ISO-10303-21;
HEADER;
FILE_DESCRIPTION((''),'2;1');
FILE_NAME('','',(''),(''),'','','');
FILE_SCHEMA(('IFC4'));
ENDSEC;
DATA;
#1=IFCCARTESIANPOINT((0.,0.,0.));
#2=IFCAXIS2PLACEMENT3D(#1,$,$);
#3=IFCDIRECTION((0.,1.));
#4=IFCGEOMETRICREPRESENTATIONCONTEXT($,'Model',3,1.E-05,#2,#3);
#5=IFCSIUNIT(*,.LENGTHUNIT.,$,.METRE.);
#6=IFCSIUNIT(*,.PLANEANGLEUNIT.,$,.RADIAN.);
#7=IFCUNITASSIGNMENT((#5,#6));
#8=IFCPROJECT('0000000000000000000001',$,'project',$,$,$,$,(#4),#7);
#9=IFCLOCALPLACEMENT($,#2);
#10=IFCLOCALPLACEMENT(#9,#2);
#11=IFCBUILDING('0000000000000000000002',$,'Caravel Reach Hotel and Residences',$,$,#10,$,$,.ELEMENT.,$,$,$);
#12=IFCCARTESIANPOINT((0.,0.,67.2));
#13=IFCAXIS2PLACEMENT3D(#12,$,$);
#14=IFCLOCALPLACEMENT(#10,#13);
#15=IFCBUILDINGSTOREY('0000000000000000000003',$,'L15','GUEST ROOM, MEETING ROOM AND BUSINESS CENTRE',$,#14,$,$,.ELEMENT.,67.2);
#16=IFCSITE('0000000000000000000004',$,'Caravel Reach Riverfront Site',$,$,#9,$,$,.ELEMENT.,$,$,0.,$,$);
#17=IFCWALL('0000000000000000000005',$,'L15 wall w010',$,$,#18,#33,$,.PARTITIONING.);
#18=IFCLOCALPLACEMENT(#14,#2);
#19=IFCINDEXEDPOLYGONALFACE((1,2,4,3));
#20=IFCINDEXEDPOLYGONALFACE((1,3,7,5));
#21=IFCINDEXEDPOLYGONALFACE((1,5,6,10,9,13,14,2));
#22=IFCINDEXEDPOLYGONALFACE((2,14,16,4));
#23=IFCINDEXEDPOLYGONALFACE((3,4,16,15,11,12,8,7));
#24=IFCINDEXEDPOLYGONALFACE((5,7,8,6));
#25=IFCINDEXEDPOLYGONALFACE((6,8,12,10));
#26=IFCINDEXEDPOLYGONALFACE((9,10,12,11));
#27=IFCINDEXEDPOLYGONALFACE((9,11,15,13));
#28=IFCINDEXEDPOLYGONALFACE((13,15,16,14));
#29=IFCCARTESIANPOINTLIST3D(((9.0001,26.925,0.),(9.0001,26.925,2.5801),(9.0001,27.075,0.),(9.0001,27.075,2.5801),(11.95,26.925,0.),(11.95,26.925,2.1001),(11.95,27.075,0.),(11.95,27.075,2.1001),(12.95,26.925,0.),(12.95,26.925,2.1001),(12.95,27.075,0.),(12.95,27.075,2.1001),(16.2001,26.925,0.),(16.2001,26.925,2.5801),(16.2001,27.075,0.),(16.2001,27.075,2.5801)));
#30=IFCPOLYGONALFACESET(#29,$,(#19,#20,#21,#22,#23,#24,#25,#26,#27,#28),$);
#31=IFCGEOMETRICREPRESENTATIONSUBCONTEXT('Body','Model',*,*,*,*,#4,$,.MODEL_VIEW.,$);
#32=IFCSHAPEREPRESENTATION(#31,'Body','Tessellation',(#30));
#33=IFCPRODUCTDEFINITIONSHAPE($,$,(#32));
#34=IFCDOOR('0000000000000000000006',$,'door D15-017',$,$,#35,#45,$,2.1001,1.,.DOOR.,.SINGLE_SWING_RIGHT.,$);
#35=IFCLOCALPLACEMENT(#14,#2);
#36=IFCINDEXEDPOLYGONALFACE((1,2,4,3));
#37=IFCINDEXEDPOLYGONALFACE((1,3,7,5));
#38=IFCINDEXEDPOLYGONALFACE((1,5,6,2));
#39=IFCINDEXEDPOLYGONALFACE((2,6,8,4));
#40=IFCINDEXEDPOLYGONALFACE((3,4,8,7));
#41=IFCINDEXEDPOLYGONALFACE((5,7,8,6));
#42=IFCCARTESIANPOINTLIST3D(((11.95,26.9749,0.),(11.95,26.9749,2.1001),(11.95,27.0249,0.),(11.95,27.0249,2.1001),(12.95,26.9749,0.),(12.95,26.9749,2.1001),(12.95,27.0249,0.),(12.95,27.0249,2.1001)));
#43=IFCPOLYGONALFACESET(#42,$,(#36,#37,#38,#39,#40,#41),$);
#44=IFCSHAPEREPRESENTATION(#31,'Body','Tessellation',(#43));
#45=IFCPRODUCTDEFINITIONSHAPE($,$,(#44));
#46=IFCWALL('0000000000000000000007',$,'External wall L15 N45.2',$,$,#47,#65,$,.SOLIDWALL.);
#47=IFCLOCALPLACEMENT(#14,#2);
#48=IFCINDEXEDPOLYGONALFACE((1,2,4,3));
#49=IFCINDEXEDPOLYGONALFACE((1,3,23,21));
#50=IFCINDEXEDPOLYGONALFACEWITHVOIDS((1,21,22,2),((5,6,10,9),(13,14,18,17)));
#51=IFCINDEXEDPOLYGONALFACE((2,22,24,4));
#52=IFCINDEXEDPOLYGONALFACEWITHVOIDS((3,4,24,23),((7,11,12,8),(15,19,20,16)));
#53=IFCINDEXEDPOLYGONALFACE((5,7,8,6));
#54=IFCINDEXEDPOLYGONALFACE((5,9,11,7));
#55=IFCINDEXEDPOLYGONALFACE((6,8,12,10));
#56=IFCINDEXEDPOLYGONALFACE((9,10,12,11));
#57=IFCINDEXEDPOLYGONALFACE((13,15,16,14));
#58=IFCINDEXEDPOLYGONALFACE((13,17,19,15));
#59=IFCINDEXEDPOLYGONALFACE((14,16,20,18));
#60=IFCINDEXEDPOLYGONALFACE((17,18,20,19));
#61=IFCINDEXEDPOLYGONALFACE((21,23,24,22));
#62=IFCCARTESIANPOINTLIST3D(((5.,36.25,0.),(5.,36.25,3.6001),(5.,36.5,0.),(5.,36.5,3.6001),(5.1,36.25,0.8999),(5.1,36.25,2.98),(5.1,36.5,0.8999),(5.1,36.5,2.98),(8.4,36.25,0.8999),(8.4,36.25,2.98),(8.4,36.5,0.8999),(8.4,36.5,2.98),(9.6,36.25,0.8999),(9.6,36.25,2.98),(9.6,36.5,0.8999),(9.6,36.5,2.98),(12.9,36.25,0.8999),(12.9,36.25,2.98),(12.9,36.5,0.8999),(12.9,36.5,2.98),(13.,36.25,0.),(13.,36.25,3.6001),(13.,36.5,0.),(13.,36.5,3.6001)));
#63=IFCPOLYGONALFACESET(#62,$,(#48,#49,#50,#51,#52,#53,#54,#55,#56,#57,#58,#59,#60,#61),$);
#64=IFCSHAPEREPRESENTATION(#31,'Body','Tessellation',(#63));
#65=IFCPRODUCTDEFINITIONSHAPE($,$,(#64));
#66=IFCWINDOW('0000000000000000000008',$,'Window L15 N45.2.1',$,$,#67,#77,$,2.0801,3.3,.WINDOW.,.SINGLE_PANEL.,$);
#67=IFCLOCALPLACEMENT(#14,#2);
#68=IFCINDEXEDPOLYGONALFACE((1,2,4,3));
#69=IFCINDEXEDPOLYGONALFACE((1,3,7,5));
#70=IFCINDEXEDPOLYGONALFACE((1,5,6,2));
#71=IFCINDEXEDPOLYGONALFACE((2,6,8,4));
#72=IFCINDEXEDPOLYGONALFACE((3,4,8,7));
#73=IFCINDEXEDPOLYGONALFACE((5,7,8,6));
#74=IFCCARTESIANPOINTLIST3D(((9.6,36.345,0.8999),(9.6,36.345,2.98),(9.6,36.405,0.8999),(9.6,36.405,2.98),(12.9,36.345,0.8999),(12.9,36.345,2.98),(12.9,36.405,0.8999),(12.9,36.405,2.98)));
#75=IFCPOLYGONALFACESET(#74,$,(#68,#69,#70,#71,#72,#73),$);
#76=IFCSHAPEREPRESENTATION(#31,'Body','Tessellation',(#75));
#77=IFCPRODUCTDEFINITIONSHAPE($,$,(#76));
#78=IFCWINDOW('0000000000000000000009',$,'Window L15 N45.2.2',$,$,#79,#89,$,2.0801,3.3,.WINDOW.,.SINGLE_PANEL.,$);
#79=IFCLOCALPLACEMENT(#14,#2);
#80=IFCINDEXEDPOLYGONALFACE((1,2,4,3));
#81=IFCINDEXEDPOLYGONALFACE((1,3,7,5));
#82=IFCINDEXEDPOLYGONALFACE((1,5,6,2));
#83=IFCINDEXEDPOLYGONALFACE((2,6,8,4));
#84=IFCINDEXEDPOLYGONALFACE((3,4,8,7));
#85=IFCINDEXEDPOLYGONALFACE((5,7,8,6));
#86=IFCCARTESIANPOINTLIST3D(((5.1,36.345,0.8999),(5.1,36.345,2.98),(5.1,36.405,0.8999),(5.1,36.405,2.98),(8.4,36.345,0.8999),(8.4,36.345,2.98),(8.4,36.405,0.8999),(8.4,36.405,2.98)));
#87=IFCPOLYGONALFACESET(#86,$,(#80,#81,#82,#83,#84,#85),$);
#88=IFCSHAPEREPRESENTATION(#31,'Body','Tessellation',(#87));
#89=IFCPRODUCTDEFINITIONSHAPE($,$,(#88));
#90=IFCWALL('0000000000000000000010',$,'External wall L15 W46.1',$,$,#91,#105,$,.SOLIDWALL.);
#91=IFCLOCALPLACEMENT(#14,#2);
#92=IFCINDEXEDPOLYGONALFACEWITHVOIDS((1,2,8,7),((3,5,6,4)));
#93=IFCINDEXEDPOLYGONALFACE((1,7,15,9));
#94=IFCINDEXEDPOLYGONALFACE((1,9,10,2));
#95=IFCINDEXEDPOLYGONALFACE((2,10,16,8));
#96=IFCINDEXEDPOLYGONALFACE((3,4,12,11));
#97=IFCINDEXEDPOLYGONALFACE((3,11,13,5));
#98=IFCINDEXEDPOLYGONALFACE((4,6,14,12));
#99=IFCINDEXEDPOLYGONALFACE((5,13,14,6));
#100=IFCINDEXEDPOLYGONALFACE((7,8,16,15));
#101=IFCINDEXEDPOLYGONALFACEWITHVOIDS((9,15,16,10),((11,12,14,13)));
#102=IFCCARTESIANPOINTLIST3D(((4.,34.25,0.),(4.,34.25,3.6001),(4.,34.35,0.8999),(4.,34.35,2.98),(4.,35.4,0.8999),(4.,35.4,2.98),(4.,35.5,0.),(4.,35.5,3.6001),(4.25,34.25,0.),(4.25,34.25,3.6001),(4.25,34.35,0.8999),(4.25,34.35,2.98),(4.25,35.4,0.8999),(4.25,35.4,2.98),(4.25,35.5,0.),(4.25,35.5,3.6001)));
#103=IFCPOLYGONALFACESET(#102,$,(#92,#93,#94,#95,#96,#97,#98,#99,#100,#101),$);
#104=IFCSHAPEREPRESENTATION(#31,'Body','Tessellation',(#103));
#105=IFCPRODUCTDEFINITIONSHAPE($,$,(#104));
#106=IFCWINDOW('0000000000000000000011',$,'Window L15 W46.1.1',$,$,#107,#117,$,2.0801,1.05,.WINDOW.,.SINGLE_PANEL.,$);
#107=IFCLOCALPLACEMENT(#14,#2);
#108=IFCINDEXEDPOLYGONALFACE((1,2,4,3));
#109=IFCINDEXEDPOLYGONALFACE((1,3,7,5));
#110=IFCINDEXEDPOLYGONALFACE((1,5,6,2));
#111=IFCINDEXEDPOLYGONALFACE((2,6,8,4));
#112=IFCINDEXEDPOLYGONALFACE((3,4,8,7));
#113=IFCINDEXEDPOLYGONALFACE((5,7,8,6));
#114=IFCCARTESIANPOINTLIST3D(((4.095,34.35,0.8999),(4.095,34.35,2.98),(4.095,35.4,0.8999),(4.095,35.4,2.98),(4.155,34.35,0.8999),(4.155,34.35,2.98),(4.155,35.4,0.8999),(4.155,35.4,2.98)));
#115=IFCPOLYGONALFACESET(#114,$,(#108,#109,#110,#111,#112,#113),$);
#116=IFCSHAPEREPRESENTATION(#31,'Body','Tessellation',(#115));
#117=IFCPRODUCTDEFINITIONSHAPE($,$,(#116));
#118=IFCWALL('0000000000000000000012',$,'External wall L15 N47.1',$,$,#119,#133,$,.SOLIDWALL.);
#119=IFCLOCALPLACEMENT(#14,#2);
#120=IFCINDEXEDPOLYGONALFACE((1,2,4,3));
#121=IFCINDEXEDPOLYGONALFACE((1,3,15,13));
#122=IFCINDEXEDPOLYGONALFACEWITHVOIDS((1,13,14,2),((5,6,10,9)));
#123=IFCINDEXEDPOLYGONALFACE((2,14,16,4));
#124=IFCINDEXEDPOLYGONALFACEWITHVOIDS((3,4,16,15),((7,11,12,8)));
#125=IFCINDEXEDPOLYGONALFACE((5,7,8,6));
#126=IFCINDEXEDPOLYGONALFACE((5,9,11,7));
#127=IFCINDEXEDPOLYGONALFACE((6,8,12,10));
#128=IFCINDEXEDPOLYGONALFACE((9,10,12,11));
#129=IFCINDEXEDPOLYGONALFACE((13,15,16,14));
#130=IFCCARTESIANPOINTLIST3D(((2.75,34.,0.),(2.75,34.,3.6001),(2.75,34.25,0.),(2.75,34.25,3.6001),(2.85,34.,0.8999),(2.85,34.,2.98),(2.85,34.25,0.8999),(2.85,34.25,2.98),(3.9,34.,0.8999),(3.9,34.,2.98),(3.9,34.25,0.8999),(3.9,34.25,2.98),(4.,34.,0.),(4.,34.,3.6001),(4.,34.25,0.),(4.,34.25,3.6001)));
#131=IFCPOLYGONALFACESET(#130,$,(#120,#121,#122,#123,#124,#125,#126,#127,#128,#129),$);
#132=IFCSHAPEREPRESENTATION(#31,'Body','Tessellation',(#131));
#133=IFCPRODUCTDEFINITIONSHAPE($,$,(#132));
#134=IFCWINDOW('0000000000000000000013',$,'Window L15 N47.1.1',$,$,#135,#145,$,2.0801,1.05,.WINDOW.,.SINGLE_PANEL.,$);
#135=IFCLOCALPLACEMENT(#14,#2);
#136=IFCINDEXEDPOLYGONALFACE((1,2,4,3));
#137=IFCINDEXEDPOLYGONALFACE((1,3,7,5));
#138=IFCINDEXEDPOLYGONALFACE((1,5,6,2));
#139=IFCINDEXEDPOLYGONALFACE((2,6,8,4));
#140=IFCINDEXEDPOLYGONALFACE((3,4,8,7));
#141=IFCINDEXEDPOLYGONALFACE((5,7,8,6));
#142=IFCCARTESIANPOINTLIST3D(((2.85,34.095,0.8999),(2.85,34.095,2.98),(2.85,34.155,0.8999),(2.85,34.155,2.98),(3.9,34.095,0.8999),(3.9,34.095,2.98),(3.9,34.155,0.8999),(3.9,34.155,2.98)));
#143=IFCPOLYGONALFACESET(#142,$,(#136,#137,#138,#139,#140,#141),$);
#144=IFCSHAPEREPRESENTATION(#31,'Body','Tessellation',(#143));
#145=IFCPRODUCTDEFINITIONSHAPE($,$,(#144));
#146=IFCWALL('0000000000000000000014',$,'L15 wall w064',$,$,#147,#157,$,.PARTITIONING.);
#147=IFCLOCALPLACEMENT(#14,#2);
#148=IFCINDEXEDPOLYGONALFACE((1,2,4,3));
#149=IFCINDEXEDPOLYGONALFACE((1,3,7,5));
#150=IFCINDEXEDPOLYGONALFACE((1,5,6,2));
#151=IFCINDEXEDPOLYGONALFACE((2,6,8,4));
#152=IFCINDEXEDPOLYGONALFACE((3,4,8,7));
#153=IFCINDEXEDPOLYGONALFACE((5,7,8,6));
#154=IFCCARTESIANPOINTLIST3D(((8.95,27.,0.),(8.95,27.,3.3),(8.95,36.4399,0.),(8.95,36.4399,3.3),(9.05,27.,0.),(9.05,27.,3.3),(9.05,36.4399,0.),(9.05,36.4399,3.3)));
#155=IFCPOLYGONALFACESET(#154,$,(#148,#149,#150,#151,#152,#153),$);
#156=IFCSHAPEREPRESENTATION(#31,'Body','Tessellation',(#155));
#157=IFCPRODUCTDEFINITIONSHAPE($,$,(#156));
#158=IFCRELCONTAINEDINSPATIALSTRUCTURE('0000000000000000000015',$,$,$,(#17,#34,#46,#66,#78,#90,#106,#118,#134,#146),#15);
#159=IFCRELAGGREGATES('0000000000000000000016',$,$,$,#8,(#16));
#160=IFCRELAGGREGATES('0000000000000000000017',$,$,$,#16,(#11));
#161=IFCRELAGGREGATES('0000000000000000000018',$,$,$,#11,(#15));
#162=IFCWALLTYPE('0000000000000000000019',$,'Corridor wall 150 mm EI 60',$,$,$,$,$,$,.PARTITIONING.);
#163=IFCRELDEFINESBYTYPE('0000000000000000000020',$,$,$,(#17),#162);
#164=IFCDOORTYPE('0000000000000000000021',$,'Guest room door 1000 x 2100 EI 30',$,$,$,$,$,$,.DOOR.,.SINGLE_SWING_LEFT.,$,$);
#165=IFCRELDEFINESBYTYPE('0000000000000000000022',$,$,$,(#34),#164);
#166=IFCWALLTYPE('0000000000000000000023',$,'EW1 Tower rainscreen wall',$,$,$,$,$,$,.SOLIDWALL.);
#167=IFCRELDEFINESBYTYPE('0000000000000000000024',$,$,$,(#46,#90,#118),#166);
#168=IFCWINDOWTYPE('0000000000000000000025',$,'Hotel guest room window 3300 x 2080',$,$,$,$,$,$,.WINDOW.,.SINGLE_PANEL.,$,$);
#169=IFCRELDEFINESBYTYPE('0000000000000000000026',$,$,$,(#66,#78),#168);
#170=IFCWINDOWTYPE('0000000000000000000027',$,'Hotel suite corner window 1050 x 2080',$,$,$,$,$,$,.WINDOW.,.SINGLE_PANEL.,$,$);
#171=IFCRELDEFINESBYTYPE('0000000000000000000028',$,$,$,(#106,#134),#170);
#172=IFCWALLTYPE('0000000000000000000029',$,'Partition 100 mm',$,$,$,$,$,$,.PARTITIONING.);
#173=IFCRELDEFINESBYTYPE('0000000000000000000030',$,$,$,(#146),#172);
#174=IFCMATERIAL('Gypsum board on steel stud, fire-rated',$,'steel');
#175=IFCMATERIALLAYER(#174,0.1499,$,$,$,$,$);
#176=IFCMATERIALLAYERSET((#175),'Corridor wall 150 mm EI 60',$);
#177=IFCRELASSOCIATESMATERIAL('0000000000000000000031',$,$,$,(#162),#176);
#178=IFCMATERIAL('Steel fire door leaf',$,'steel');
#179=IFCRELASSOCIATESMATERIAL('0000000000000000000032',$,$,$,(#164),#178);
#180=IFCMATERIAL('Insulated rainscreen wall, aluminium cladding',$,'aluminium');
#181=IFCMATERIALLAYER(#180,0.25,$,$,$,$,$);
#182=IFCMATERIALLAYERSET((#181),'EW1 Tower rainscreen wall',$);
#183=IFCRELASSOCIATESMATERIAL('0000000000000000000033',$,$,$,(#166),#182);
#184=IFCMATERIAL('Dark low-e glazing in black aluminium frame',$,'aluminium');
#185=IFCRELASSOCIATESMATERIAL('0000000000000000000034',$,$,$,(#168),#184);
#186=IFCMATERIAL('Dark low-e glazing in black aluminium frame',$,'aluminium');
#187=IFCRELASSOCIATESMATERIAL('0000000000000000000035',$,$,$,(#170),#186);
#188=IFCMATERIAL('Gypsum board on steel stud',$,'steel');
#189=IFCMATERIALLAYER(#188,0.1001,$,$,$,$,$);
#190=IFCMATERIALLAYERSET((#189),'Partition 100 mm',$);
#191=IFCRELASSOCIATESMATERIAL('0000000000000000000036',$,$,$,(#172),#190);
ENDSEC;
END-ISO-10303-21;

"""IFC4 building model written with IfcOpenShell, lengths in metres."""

from ifc_helpers import new_model, si_unit, direction, frame, frame_2d, origin, place, context, subcontext, project, spatial, rectangle, extrude, material, layer, layer_set, type_object, element, fill, save


model = new_model("IFC4")

# Units and contexts
model_context = context("Model", 3, precision=1e-05, world=origin(), true_north=direction((0.0, 1.0)))
body_context = subcontext(model_context, "Body", "Model", "MODEL_VIEW")
ifc_project = project(units=[si_unit("LENGTHUNIT", "METRE"), si_unit("PLANEANGLEUNIT", "RADIAN")], contexts=[model_context])

# Site, building, storey
site_placement = place(None, origin())
site = spatial("IfcSite", under=ifc_project, at=site_placement, Name="Caravel Reach Riverfront Site", CompositionType="ELEMENT", RefElevation=0.0)
building_placement = place(site_placement, origin())
building = spatial("IfcBuilding", under=site, at=building_placement, Name="Caravel Reach Hotel and Residences", CompositionType="ELEMENT")
storey_placement = place(building_placement, frame((0.0, 0.0, 67.2)))
storey = spatial("IfcBuildingStorey", under=building, at=storey_placement, Name="L15", Description="GUEST ROOM, MEETING ROOM AND BUSINESS CENTRE", CompositionType="ELEMENT", Elevation=67.2)

# Wall, opening, door
ifc_material_1 = material(Name="Gypsum board on steel stud, fire-rated", Category="steel")
ifc_layer_1 = layer(ifc_material_1, 0.1499)
ifc_layer_set_1 = layer_set([ifc_layer_1], Name="Corridor wall 150 mm EI 60")
wall_type_1 = type_object("IfcWallType", Name="Corridor wall 150 mm EI 60", PredefinedType="PARTITIONING", material=ifc_layer_set_1)
wall_1_placement = place(storey_placement, frame((9.0, 27.0, 0.0), z_axis=(0.0, 0.0, 1.0), x_axis=(1.0, 0.0, 0.0)))
wall_1 = element("IfcWall", 1, at=wall_1_placement, inside=storey, type_object=wall_type_1, Name="L15 wall w010", PredefinedType="PARTITIONING", context=body_context, shape_type="SweptSolid", body=[
    extrude(rectangle(XDim=7.2, YDim=0.1499, at=frame_2d((3.6001, 0.0))), origin(), (0.0, 0.0, 1.0), 2.5801),
])
opening_1_placement = place(wall_1_placement, frame((2.95, 0.0, 0.0)))
opening_1 = element("IfcOpeningElement", 2, at=opening_1_placement, cuts=wall_1, PredefinedType="OPENING", context=body_context, shape_type="SweptSolid", body=[
    extrude(rectangle(XDim=1.0, YDim=2.1001, at=frame_2d((0.5, 1.05))), frame((0.0, 0.085, 0.0), z_axis=(0.0, -1.0, 0.0), x_axis=(1.0, 0.0, 0.0)), (0.0, 0.0, 1.0), 0.1699),
])
ifc_material_2 = material(Name="Steel fire door leaf", Category="steel")
door_type_1 = type_object("IfcDoorType", Name="Guest room door 1000 x 2100 EI 30", OperationType="SINGLE_SWING_LEFT", PredefinedType="DOOR", material=ifc_material_2)
door_1_placement = place(opening_1_placement, origin())
door_1 = element("IfcDoor", 3, at=door_1_placement, inside=storey, type_object=door_type_1, Name="door D15-017", OperationType="SINGLE_SWING_RIGHT", OverallHeight=2.1001, OverallWidth=1.0, PredefinedType="DOOR", context=body_context, shape_type="SweptSolid", body=[
    extrude(rectangle(XDim=1.0, YDim=2.1001, at=frame_2d((0.5, 1.05))), frame((0.0, 0.0249, 0.0), z_axis=(0.0, -1.0, 0.0), x_axis=(1.0, 0.0, 0.0)), (0.0, 0.0, 1.0), 0.05),
])
fill(opening_1, door_1)

# Wall, openings, windows
ifc_material_3 = material(Name="Insulated rainscreen wall, aluminium cladding", Category="aluminium")
ifc_layer_2 = layer(ifc_material_3, 0.25)
ifc_layer_set_2 = layer_set([ifc_layer_2], Name="EW1 Tower rainscreen wall")
wall_type_2 = type_object("IfcWallType", Name="EW1 Tower rainscreen wall", PredefinedType="SOLIDWALL", material=ifc_layer_set_2)
wall_2_placement = place(storey_placement, frame((13.0, 36.375, 0.0), z_axis=(0.0, 0.0, 1.0), x_axis=(-1.0, 0.0, 0.0)))
wall_2 = element("IfcWall", 4, at=wall_2_placement, inside=storey, type_object=wall_type_2, Name="External wall L15 N45.2", PredefinedType="SOLIDWALL", context=body_context, shape_type="SweptSolid", body=[
    extrude(rectangle(XDim=8.0, YDim=0.25, at=frame_2d((4.0, 0.0))), origin(), (0.0, 0.0, 1.0), 3.6001),
])
opening_2_placement = place(wall_2_placement, frame((0.1001, 0.0, 0.8999)))
opening_2 = element("IfcOpeningElement", 5, at=opening_2_placement, cuts=wall_2, PredefinedType="OPENING", context=body_context, shape_type="SweptSolid", body=[
    extrude(rectangle(XDim=3.3, YDim=2.0801, at=frame_2d((1.6499, 1.04))), frame((0.0, 0.135, 0.0), z_axis=(0.0, -1.0, 0.0), x_axis=(1.0, 0.0, 0.0)), (0.0, 0.0, 1.0), 0.27),
])
opening_3_placement = place(wall_2_placement, frame((4.6001, 0.0, 0.8999)))
opening_3 = element("IfcOpeningElement", 6, at=opening_3_placement, cuts=wall_2, PredefinedType="OPENING", context=body_context, shape_type="SweptSolid", body=[
    extrude(rectangle(XDim=3.3, YDim=2.0801, at=frame_2d((1.6499, 1.04))), frame((0.0, 0.135, 0.0), z_axis=(0.0, -1.0, 0.0), x_axis=(1.0, 0.0, 0.0)), (0.0, 0.0, 1.0), 0.27),
])
ifc_material_4 = material(Name="Dark low-e glazing in black aluminium frame", Category="aluminium")
window_type_1 = type_object("IfcWindowType", Name="Hotel guest room window 3300 x 2080", PartitioningType="SINGLE_PANEL", PredefinedType="WINDOW", material=ifc_material_4)
window_1_placement = place(opening_2_placement, origin())
window_1 = element("IfcWindow", 7, at=window_1_placement, inside=storey, type_object=window_type_1, Name="Window L15 N45.2.1", OverallHeight=2.0801, OverallWidth=3.3, PartitioningType="SINGLE_PANEL", PredefinedType="WINDOW", context=body_context, shape_type="SweptSolid", body=[
    extrude(rectangle(XDim=3.3, YDim=2.0801, at=frame_2d((1.6499, 1.04))), frame((0.0, 0.03, 0.0), z_axis=(0.0, -1.0, 0.0), x_axis=(1.0, 0.0, 0.0)), (0.0, 0.0, 1.0), 0.0601),
])
fill(opening_2, window_1)
window_2_placement = place(opening_3_placement, origin())
window_2 = element("IfcWindow", 8, at=window_2_placement, inside=storey, type_object=window_type_1, Name="Window L15 N45.2.2", OverallHeight=2.0801, OverallWidth=3.3, PartitioningType="SINGLE_PANEL", PredefinedType="WINDOW", context=body_context, shape_type="SweptSolid", body=[
    extrude(rectangle(XDim=3.3, YDim=2.0801, at=frame_2d((1.6499, 1.04))), frame((0.0, 0.03, 0.0), z_axis=(0.0, -1.0, 0.0), x_axis=(1.0, 0.0, 0.0)), (0.0, 0.0, 1.0), 0.0601),
])
fill(opening_3, window_2)

# Walls, openings, windows
wall_3_placement = place(storey_placement, frame((4.125, 35.5, 0.0), z_axis=(0.0, 0.0, 1.0), x_axis=(0.0, -1.0, 0.0)))
wall_3 = element("IfcWall", 9, at=wall_3_placement, inside=storey, type_object=wall_type_2, Name="External wall L15 W46.1", PredefinedType="SOLIDWALL", context=body_context, shape_type="SweptSolid", body=[
    extrude(rectangle(XDim=1.25, YDim=0.25, at=frame_2d((0.625, 0.0))), origin(), (0.0, 0.0, 1.0), 3.6001),
])
opening_4_placement = place(wall_3_placement, frame((0.1001, 0.0, 0.8999)))
opening_4 = element("IfcOpeningElement", 10, at=opening_4_placement, cuts=wall_3, PredefinedType="OPENING", context=body_context, shape_type="SweptSolid", body=[
    extrude(rectangle(XDim=1.05, YDim=2.0801, at=frame_2d((0.5249, 1.04))), frame((0.0, 0.135, 0.0), z_axis=(0.0, -1.0, 0.0), x_axis=(1.0, 0.0, 0.0)), (0.0, 0.0, 1.0), 0.27),
])
ifc_material_5 = material(Name="Dark low-e glazing in black aluminium frame", Category="aluminium")
window_type_2 = type_object("IfcWindowType", Name="Hotel suite corner window 1050 x 2080", PartitioningType="SINGLE_PANEL", PredefinedType="WINDOW", material=ifc_material_5)
window_3_placement = place(opening_4_placement, origin())
window_3 = element("IfcWindow", 11, at=window_3_placement, inside=storey, type_object=window_type_2, Name="Window L15 W46.1.1", OverallHeight=2.0801, OverallWidth=1.05, PartitioningType="SINGLE_PANEL", PredefinedType="WINDOW", context=body_context, shape_type="SweptSolid", body=[
    extrude(rectangle(XDim=1.05, YDim=2.0801, at=frame_2d((0.5249, 1.04))), frame((0.0, 0.03, 0.0), z_axis=(0.0, -1.0, 0.0), x_axis=(1.0, 0.0, 0.0)), (0.0, 0.0, 1.0), 0.0601),
])
fill(opening_4, window_3)
wall_4_placement = place(storey_placement, frame((4.0, 34.125, 0.0), z_axis=(0.0, 0.0, 1.0), x_axis=(-1.0, 0.0, 0.0)))
wall_4 = element("IfcWall", 12, at=wall_4_placement, inside=storey, type_object=wall_type_2, Name="External wall L15 N47.1", PredefinedType="SOLIDWALL", context=body_context, shape_type="SweptSolid", body=[
    extrude(rectangle(XDim=1.25, YDim=0.25, at=frame_2d((0.625, 0.0))), origin(), (0.0, 0.0, 1.0), 3.6001),
])
opening_5_placement = place(wall_4_placement, frame((0.1001, 0.0, 0.8999)))
opening_5 = element("IfcOpeningElement", 13, at=opening_5_placement, cuts=wall_4, PredefinedType="OPENING", context=body_context, shape_type="SweptSolid", body=[
    extrude(rectangle(XDim=1.05, YDim=2.0801, at=frame_2d((0.5249, 1.04))), frame((0.0, 0.135, 0.0), z_axis=(0.0, -1.0, 0.0), x_axis=(1.0, 0.0, 0.0)), (0.0, 0.0, 1.0), 0.27),
])
window_4_placement = place(opening_5_placement, origin())
window_4 = element("IfcWindow", 14, at=window_4_placement, inside=storey, type_object=window_type_2, Name="Window L15 N47.1.1", OverallHeight=2.0801, OverallWidth=1.05, PartitioningType="SINGLE_PANEL", PredefinedType="WINDOW", context=body_context, shape_type="SweptSolid", body=[
    extrude(rectangle(XDim=1.05, YDim=2.0801, at=frame_2d((0.5249, 1.04))), frame((0.0, 0.03, 0.0), z_axis=(0.0, -1.0, 0.0), x_axis=(1.0, 0.0, 0.0)), (0.0, 0.0, 1.0), 0.0601),
])
fill(opening_5, window_4)

# Wall
ifc_material_6 = material(Name="Gypsum board on steel stud", Category="steel")
ifc_layer_3 = layer(ifc_material_6, 0.1001)
ifc_layer_set_3 = layer_set([ifc_layer_3], Name="Partition 100 mm")
wall_type_3 = type_object("IfcWallType", Name="Partition 100 mm", PredefinedType="PARTITIONING", material=ifc_layer_set_3)
wall_5_placement = place(storey_placement, frame((9.0, 27.0, 0.0), z_axis=(0.0, 0.0, 1.0), x_axis=(0.0, 1.0, 0.0)))
element("IfcWall", 15, at=wall_5_placement, inside=storey, type_object=wall_type_3, Name="L15 wall w064", PredefinedType="PARTITIONING", context=body_context, shape_type="SweptSolid", body=[
    extrude(rectangle(XDim=9.4399, YDim=0.1001, at=frame_2d((4.72, 0.0))), origin(), (0.0, 0.0, 1.0), 3.3),
])

save(model, "model.ifc")
